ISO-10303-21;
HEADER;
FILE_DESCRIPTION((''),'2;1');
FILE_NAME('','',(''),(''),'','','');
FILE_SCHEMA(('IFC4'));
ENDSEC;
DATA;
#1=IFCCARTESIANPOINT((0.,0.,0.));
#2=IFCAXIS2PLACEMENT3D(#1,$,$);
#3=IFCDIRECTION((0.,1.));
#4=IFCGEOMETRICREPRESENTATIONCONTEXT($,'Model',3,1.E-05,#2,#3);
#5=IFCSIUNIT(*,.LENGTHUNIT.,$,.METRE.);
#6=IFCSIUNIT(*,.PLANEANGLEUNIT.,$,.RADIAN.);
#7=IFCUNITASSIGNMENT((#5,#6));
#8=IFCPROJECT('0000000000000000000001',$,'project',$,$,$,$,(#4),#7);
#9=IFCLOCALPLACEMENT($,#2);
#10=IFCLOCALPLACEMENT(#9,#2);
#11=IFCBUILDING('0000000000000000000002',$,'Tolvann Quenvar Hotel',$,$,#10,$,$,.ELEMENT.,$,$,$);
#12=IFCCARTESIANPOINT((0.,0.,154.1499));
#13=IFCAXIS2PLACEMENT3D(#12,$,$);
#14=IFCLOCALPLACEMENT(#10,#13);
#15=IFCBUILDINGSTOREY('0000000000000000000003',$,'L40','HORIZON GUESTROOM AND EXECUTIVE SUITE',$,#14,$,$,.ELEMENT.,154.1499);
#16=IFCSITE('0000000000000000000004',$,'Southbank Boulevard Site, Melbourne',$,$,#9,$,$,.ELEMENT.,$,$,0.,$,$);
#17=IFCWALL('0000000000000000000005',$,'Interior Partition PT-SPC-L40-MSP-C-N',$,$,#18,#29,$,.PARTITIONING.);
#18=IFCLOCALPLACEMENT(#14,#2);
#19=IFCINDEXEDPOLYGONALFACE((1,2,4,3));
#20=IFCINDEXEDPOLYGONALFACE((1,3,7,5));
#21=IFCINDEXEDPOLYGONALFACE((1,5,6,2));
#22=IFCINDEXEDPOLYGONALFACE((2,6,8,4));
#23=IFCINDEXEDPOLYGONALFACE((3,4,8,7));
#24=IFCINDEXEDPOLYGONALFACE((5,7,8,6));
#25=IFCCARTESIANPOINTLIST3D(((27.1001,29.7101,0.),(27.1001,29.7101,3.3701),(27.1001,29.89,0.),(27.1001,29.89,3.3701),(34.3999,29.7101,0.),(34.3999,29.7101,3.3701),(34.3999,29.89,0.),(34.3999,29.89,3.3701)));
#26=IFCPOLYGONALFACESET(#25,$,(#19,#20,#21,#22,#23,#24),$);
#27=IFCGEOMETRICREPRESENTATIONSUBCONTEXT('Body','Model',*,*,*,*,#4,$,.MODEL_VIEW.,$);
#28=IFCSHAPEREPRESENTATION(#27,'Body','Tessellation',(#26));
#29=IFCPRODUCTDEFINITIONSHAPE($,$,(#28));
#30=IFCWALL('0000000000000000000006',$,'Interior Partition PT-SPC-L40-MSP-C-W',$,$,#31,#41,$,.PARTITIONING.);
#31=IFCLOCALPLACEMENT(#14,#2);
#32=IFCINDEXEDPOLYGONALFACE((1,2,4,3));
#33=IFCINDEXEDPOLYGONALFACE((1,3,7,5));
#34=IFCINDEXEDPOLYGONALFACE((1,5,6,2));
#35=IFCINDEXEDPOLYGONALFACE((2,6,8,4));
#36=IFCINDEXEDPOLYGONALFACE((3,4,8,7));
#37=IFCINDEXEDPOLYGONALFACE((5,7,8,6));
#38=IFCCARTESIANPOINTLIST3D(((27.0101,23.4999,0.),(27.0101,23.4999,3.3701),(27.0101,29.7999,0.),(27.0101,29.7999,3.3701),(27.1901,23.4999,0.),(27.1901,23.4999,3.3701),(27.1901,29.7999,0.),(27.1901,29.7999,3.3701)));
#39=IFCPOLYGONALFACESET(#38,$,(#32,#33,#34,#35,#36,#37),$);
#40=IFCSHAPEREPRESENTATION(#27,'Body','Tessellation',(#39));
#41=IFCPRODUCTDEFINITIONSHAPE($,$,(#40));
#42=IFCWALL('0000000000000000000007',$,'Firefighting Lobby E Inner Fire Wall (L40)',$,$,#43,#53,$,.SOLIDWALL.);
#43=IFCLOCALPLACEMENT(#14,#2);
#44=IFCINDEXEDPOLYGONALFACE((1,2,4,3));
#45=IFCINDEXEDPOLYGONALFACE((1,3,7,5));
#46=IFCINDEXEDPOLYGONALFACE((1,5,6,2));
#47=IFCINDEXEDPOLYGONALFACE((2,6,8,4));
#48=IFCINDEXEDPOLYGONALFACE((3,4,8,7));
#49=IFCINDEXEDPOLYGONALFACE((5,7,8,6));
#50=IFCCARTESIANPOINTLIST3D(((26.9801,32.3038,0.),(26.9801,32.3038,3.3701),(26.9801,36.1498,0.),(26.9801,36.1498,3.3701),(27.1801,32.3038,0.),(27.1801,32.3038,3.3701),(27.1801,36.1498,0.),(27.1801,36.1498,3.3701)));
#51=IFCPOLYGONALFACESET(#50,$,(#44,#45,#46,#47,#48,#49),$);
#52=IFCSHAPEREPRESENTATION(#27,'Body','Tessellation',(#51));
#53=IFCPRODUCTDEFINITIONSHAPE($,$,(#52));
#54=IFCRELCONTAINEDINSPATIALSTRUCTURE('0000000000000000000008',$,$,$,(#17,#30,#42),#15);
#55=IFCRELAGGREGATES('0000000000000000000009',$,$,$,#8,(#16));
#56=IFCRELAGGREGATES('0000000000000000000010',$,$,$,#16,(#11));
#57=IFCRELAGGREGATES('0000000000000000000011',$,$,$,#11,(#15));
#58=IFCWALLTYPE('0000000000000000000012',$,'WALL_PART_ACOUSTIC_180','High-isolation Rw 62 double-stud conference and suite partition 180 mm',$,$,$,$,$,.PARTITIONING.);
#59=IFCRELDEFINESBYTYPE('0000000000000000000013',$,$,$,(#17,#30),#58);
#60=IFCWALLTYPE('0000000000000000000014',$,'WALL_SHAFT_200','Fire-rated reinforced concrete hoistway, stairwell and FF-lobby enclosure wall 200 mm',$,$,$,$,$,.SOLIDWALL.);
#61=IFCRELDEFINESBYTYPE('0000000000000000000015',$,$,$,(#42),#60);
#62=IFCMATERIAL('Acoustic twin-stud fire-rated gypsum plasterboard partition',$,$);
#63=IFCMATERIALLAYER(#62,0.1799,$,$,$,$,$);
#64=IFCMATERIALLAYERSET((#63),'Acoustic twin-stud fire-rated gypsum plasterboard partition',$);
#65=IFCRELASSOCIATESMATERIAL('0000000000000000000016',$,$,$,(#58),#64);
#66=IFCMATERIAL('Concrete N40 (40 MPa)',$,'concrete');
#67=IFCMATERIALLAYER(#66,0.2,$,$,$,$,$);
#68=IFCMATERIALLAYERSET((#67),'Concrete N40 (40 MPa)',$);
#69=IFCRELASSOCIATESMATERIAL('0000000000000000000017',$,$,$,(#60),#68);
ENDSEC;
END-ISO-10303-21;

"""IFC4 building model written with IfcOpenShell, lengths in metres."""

from ifc_helpers import new_model, si_unit, direction, frame, frame_2d, origin, place, context, subcontext, project, spatial, rectangle, extrude, material, layer, layer_set, type_object, element, save


model = new_model("IFC4")

# Units and contexts
model_context = context("Model", 3, precision=1e-05, world=origin(), true_north=direction((0.0, 1.0)))
body_context = subcontext(model_context, "Body", "Model", "MODEL_VIEW")
ifc_project = project(units=[si_unit("LENGTHUNIT", "METRE"), si_unit("PLANEANGLEUNIT", "RADIAN")], contexts=[model_context])

# Site, building, storey
site_placement = place(None, origin())
site = spatial("IfcSite", under=ifc_project, at=site_placement, Name="Southbank Boulevard Site, Melbourne", CompositionType="ELEMENT", RefElevation=0.0)
building_placement = place(site_placement, origin())
building = spatial("IfcBuilding", under=site, at=building_placement, Name="Tolvann Quenvar Hotel", CompositionType="ELEMENT")
storey_placement = place(building_placement, frame((0.0, 0.0, 154.1499)))
storey = spatial("IfcBuildingStorey", under=building, at=storey_placement, Name="L40", Description="HORIZON GUESTROOM AND EXECUTIVE SUITE", CompositionType="ELEMENT", Elevation=154.1499)

# Shared definitions
ifc_material_1 = material(Name="Acoustic twin-stud fire-rated gypsum plasterboard partition")
ifc_layer_1 = layer(ifc_material_1, 0.1799)
ifc_layer_set_1 = layer_set([ifc_layer_1], Name="Acoustic twin-stud fire-rated gypsum plasterboard partition")
wall_type_1 = type_object("IfcWallType", Name="WALL_PART_ACOUSTIC_180", Description="High-isolation Rw 62 double-stud conference and suite partition 180 mm", PredefinedType="PARTITIONING", material=ifc_layer_set_1)

# Walls
wall_1_placement = place(storey_placement, frame((27.1001, 29.8, 0.0), z_axis=(0.0, 0.0, 1.0), x_axis=(1.0, 0.0, 0.0)))
element("IfcWall", 1, at=wall_1_placement, inside=storey, type_object=wall_type_1, Name="Interior Partition PT-SPC-L40-MSP-C-N", PredefinedType="PARTITIONING", context=body_context, shape_type="SweptSolid", body=[
    extrude(rectangle(XDim=7.2998, YDim=0.1799, at=frame_2d((3.6499, 0.0))), origin(), (0.0, 0.0, 1.0), 3.3701),
])
wall_2_placement = place(storey_placement, frame((27.1001, 23.5, 0.0), z_axis=(0.0, 0.0, 1.0), x_axis=(0.0, 1.0, 0.0)))
element("IfcWall", 2, at=wall_2_placement, inside=storey, type_object=wall_type_1, Name="Interior Partition PT-SPC-L40-MSP-C-W", PredefinedType="PARTITIONING", context=body_context, shape_type="SweptSolid", body=[
    extrude(rectangle(XDim=6.3, YDim=0.1799, at=frame_2d((3.1499, 0.0))), origin(), (0.0, 0.0, 1.0), 3.3701),
])
ifc_material_2 = material(Name="Concrete N40 (40 MPa)", Category="concrete")
ifc_layer_2 = layer(ifc_material_2, 0.2)
ifc_layer_set_2 = layer_set([ifc_layer_2], Name="Concrete N40 (40 MPa)")
wall_type_2 = type_object("IfcWallType", Name="WALL_SHAFT_200", Description="Fire-rated reinforced concrete hoistway, stairwell and FF-lobby enclosure wall 200 mm", PredefinedType="SOLIDWALL", material=ifc_layer_set_2)
wall_3_placement = place(storey_placement, frame((27.0801, 32.304, 0.0), z_axis=(0.0, 0.0, 1.0), x_axis=(0.0, 1.0, 0.0)))
element("IfcWall", 3, at=wall_3_placement, inside=storey, type_object=wall_type_2, Name="Firefighting Lobby E Inner Fire Wall (L40)", PredefinedType="SOLIDWALL", context=body_context, shape_type="SweptSolid", body=[
    extrude(rectangle(XDim=3.8459, YDim=0.2, at=frame_2d((1.9229, 0.0))), origin(), (0.0, 0.0, 1.0), 3.3701),
])

save(model, "model.ifc")
